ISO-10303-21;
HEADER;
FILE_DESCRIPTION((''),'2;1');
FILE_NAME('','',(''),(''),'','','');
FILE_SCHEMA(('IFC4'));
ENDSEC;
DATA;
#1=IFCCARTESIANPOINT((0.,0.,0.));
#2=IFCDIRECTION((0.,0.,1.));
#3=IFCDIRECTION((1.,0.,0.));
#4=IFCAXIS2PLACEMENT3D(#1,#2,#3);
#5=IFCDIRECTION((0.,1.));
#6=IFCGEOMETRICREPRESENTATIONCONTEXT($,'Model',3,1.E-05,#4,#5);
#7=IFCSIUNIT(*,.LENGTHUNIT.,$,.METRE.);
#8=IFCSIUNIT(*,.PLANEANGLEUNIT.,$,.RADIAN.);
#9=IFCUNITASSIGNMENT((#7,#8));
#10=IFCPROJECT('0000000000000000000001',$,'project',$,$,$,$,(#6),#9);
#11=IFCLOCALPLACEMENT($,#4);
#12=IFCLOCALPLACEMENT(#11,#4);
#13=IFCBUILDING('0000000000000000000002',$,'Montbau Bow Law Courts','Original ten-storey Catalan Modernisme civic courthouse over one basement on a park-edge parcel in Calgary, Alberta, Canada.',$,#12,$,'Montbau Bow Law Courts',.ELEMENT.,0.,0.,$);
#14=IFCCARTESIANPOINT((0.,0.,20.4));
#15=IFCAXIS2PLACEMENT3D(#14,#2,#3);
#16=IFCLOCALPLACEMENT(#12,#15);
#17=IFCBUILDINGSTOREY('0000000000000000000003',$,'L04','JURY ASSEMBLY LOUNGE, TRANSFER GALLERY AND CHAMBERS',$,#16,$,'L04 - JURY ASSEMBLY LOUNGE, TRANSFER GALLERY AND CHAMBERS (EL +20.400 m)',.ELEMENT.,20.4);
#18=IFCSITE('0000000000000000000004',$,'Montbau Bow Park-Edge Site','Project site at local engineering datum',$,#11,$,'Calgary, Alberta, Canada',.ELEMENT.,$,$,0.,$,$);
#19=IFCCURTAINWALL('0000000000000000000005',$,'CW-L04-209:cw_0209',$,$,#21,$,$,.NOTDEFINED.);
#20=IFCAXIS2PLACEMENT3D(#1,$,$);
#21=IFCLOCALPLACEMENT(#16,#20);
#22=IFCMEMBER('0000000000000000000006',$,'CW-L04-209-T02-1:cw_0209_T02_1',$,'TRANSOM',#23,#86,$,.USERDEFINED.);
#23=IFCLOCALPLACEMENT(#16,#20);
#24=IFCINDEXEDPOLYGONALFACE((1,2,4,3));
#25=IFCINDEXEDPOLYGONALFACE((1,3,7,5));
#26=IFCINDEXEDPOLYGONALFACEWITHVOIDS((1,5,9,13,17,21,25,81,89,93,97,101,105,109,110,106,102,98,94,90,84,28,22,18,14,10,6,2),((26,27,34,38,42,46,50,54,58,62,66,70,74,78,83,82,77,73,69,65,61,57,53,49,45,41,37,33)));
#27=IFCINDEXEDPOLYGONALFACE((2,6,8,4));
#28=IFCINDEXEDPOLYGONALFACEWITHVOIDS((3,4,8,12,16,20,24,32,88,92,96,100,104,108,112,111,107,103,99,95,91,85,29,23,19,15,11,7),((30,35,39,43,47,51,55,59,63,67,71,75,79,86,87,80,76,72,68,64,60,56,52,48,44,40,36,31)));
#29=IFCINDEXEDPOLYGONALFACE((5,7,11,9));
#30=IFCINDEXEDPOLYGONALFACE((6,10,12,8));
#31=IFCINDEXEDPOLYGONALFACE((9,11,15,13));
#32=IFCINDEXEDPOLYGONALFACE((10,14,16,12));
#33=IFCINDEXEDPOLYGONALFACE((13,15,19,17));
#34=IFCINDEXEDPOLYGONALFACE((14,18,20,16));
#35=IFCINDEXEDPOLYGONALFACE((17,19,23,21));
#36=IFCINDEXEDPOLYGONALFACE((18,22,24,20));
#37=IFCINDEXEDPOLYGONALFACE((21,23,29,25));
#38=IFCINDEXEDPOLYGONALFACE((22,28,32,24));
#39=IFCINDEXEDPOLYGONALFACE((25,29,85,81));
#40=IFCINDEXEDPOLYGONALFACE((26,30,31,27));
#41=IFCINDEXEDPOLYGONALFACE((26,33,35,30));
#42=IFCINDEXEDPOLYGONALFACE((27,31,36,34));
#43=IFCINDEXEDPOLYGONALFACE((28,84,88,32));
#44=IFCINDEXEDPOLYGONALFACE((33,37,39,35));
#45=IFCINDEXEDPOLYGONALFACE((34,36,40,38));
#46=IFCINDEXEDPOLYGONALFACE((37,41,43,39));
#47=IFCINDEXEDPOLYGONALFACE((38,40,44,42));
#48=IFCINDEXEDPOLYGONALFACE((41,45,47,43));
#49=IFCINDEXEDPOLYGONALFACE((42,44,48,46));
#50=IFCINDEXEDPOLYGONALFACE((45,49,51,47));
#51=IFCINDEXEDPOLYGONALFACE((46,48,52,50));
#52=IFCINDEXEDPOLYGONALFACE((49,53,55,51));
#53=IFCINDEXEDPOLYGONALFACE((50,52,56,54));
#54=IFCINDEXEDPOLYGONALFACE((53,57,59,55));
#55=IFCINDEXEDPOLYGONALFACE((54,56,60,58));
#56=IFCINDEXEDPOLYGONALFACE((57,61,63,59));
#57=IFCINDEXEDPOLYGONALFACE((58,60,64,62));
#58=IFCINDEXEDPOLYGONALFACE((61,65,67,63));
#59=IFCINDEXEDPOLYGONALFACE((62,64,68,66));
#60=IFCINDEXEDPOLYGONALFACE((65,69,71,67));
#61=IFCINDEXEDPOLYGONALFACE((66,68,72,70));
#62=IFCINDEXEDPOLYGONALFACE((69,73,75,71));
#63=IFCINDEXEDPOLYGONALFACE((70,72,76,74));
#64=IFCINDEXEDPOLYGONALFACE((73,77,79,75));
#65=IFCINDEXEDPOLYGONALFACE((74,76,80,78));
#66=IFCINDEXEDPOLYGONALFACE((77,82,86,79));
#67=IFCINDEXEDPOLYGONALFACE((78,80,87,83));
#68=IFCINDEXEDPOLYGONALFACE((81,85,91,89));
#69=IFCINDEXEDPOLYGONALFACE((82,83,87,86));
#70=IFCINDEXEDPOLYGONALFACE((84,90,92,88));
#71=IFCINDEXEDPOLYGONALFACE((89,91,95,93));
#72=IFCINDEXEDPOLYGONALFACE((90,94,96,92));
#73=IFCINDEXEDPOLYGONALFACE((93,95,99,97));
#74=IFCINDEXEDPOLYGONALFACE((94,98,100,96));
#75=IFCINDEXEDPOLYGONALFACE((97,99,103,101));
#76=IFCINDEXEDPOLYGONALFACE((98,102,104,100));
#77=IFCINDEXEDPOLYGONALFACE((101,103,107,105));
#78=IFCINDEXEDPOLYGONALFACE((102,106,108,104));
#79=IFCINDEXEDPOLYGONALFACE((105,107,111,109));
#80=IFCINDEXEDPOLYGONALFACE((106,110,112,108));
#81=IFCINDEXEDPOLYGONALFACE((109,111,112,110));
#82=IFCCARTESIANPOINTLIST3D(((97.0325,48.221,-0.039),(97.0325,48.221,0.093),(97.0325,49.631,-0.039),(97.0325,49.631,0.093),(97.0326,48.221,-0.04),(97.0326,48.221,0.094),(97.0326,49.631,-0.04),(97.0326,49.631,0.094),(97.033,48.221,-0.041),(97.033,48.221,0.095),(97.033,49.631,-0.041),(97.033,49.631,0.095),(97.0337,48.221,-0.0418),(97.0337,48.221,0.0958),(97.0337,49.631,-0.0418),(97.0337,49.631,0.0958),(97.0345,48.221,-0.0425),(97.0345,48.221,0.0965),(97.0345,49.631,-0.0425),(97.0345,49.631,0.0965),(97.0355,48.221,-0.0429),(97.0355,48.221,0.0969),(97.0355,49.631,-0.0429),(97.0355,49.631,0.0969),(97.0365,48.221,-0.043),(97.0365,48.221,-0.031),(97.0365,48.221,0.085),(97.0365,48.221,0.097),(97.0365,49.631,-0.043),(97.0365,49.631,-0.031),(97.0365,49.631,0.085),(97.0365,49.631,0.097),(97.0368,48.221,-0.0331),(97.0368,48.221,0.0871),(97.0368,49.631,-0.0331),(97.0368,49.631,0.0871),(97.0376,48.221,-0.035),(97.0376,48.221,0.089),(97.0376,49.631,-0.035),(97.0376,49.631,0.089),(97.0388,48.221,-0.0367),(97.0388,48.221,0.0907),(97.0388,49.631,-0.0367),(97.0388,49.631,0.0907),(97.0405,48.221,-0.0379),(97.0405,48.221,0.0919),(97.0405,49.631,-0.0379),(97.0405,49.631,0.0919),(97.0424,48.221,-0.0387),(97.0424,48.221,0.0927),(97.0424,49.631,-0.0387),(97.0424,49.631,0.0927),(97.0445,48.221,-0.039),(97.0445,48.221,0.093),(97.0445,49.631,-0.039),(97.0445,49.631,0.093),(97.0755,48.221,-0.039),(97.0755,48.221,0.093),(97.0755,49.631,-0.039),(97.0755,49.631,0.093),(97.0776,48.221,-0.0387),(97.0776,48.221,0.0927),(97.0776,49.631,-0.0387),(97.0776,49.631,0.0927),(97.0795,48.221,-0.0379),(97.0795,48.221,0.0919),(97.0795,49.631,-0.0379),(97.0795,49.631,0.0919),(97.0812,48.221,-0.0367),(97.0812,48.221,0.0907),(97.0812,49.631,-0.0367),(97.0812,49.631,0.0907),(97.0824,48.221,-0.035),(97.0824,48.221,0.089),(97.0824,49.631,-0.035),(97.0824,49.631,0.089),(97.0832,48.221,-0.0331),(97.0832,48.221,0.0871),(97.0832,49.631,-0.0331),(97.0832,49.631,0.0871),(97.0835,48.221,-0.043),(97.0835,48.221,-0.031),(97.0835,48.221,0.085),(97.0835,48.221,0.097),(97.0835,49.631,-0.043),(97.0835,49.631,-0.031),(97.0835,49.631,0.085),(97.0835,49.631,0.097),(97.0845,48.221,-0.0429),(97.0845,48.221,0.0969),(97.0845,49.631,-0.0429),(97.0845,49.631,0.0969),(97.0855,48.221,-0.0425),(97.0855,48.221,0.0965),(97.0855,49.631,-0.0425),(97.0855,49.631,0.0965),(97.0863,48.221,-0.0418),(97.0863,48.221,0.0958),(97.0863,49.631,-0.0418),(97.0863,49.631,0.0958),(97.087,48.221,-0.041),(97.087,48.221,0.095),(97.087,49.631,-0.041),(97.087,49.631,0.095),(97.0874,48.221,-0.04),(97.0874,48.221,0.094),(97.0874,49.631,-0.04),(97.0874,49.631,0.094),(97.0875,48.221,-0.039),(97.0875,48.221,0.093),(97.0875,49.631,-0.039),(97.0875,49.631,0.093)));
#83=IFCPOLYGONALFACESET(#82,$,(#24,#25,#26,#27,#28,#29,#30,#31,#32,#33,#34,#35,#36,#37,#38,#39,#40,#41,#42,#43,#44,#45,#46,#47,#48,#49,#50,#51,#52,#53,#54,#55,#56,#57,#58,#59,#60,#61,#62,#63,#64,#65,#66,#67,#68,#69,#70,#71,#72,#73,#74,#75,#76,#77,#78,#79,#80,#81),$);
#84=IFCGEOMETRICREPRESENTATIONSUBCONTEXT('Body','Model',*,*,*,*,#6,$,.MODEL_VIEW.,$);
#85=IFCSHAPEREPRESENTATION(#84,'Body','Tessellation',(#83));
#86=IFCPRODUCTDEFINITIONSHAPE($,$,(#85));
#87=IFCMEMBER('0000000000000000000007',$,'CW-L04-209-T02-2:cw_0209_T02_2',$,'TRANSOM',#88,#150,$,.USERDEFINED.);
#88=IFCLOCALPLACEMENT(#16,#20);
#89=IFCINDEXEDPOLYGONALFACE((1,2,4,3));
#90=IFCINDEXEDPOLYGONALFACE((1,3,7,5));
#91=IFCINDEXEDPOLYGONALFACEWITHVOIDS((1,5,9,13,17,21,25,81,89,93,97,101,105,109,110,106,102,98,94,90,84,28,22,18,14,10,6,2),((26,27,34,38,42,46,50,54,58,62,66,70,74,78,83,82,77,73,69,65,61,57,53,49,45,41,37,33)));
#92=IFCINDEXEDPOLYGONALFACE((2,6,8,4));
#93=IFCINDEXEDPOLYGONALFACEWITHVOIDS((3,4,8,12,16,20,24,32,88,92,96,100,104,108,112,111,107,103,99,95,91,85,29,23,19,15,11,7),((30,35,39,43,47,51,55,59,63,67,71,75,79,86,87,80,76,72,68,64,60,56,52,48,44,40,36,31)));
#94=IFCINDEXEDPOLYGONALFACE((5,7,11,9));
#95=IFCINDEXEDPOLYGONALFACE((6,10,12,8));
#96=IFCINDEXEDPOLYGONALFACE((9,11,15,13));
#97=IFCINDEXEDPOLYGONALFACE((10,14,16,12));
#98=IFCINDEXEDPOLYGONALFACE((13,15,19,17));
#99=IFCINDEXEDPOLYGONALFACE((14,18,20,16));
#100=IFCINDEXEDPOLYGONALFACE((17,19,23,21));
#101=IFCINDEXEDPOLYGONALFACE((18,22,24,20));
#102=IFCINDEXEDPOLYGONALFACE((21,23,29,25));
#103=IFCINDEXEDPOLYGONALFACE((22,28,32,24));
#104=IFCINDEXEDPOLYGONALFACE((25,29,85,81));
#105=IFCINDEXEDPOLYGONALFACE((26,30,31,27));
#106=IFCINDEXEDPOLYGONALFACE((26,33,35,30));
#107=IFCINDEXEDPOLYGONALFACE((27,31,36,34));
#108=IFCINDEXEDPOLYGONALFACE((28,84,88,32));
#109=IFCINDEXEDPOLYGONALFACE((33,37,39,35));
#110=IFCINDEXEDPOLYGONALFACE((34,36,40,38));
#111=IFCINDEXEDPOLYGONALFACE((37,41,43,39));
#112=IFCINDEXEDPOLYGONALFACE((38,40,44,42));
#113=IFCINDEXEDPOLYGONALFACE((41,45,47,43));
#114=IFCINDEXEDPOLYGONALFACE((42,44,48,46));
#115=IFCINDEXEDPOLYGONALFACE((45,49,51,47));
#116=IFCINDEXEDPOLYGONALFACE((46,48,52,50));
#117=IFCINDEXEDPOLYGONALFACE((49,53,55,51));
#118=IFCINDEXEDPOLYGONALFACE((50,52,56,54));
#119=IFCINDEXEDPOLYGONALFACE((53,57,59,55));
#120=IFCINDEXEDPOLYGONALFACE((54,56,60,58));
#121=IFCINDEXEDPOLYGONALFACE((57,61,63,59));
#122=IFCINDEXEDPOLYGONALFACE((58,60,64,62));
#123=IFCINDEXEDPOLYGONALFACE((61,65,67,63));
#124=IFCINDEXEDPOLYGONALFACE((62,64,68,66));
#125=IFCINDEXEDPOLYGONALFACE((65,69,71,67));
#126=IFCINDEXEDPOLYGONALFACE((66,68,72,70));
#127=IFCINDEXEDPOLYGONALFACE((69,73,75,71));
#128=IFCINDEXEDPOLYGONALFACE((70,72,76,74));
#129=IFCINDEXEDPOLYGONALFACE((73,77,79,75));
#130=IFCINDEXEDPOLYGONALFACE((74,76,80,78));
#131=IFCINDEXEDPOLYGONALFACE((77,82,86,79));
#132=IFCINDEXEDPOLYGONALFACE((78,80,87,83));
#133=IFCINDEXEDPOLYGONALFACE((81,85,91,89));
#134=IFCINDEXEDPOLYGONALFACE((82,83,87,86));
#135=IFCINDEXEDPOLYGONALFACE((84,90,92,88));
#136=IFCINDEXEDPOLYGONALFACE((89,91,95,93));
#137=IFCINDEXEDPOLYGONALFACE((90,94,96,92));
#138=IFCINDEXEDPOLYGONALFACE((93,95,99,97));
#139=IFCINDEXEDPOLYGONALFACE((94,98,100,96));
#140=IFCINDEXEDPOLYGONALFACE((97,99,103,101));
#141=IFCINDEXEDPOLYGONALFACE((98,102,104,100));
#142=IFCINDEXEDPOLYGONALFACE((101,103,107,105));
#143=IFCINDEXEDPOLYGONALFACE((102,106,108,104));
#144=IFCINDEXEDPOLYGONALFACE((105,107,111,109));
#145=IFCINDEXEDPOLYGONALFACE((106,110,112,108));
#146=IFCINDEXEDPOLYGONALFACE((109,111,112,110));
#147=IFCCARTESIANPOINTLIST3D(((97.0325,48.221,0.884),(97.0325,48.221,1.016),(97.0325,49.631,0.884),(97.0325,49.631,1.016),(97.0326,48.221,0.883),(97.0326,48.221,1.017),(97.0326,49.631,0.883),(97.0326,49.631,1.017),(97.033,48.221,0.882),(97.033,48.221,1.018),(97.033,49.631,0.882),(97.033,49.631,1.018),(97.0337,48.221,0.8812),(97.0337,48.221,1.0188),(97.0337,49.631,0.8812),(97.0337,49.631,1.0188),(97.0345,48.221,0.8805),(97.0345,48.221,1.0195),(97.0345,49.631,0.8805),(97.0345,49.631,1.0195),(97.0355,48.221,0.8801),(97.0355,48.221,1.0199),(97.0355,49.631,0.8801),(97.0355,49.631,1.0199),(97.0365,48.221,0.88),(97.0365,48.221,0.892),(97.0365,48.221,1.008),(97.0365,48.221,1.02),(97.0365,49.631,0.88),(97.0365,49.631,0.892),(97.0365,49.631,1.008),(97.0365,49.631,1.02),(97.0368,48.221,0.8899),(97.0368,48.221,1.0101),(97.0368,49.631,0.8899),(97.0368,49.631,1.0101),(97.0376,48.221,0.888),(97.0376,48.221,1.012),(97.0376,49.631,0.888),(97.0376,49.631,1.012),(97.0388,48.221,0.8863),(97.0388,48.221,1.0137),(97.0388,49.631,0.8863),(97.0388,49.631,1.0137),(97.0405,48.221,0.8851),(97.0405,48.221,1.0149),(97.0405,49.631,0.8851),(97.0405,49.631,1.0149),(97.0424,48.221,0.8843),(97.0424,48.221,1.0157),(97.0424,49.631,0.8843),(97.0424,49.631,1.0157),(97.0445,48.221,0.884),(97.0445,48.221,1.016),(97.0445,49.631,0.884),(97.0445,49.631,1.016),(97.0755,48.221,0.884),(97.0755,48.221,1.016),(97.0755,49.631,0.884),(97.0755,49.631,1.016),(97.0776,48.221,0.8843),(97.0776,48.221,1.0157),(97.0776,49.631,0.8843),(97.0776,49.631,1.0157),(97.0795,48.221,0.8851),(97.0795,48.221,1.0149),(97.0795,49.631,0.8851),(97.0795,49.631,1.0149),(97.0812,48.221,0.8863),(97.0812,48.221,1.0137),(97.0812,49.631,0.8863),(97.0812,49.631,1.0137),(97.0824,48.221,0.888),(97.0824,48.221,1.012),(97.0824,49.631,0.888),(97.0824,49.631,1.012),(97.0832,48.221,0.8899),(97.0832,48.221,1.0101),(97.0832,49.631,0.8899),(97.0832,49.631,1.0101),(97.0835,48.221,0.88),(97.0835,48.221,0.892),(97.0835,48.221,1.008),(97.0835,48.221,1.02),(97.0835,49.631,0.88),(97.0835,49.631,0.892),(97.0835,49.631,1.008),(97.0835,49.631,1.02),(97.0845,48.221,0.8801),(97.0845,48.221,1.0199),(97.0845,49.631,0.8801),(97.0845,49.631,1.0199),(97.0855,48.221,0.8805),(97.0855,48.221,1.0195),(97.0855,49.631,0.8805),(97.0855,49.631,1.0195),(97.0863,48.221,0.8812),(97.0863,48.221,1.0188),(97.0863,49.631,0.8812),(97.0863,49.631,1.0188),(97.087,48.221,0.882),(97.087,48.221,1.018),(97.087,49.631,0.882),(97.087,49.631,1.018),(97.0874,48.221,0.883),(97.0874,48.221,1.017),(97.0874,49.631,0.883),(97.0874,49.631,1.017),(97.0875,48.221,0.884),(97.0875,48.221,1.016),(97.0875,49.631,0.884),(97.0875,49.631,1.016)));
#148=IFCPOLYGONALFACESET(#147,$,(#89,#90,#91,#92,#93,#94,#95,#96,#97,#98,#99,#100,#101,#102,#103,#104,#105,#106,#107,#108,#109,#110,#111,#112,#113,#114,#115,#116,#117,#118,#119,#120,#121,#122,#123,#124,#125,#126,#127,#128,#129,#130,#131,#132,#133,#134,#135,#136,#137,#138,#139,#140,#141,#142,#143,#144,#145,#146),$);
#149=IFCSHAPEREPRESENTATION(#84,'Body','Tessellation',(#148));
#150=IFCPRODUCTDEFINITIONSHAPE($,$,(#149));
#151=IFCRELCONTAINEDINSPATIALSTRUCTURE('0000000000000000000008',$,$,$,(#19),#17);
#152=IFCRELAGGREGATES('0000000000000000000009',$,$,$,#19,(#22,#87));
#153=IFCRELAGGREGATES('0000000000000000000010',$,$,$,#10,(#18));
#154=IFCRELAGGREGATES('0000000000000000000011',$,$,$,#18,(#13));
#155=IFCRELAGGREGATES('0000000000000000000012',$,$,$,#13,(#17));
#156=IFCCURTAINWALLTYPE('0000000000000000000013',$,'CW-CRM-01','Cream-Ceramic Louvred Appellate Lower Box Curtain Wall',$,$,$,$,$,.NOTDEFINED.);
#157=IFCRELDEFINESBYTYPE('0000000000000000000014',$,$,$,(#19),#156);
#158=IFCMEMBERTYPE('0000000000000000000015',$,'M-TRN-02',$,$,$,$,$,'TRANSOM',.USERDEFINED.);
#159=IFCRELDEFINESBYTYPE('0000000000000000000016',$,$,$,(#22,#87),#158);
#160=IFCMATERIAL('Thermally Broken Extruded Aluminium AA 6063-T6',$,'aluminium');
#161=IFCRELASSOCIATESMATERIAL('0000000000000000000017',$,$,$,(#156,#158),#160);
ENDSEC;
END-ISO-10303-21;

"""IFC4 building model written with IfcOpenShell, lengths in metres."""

from ifc_helpers import new_model, si_unit, direction, frame, origin_with_axes, origin_2d_with_axis, place, context, subcontext, project, spatial, hollow_rectangle, extrude, material, material_profile, profile_set, type_object, element, aggregate, save


model = new_model("IFC4")

# Units and contexts
model_context = context("Model", 3, precision=1e-05, world=origin_with_axes(), true_north=direction((0.0, 1.0)))
body_context = subcontext(model_context, "Body", "Model", "MODEL_VIEW")
ifc_project = project(units=[si_unit("LENGTHUNIT", "METRE"), si_unit("PLANEANGLEUNIT", "RADIAN")], contexts=[model_context])

# Site, building, storey
site_placement = place(None, origin_with_axes())
site = spatial("IfcSite", under=ifc_project, at=site_placement, Name="Montbau Bow Park-Edge Site", Description="Project site at local engineering datum", LongName="Calgary, Alberta, Canada", CompositionType="ELEMENT", RefElevation=0.0)
building_placement = place(site_placement, origin_with_axes())
building = spatial("IfcBuilding", under=site, at=building_placement, Name="Montbau Bow Law Courts", Description="Original ten-storey Catalan Modernisme civic courthouse over one basement on a park-edge parcel in Calgary, Alberta, Canada.", LongName="Montbau Bow Law Courts", CompositionType="ELEMENT", ElevationOfRefHeight=0.0, ElevationOfTerrain=0.0)
storey_placement = place(building_placement, frame((0.0, 0.0, 20.4), z_axis=(0.0, 0.0, 1.0), x_axis=(1.0, 0.0, 0.0)))
storey = spatial("IfcBuildingStorey", under=building, at=storey_placement, Name="L04", Description="JURY ASSEMBLY LOUNGE, TRANSFER GALLERY AND CHAMBERS", LongName="L04 - JURY ASSEMBLY LOUNGE, TRANSFER GALLERY AND CHAMBERS (EL +20.400 m)", CompositionType="ELEMENT", Elevation=20.4)

# Shared definitions
ifc_material_1 = material(Name="Thermally Broken Extruded Aluminium AA 6063-T6", Category="aluminium")
curtain_wall_type = type_object("IfcCurtainWallType", Name="CW-CRM-01", Description="Cream-Ceramic Louvred Appellate Lower Box Curtain Wall", PredefinedType="NOTDEFINED", material=ifc_material_1)

# Curtain wall
curtain_wall_1_placement = place(None, frame((97.06, 46.715, 20.4), z_axis=(0.0, 0.0, 1.0), x_axis=(1.0, 0.0, 0.0)))
curtain_wall_1 = element("IfcCurtainWall", 1, at=curtain_wall_1_placement, inside=storey, type_object=curtain_wall_type, Name="CW-L04-209:cw_0209", PredefinedType="NOTDEFINED")

# Members
ifc_material_profile_1 = material_profile(ifc_material_1, hollow_rectangle(XDim=0.055, YDim=0.14, WallThickness=0.004, InnerFilletRadius=0.008, OuterFilletRadius=0.004, at=origin_2d_with_axis()), Name="CWT-140X55", Category="Main", Priority=0)
ifc_profile_set_1 = profile_set([ifc_material_profile_1], Name="Thermally Broken Extruded Aluminium AA 6063-T6")
member_type_1 = type_object("IfcMemberType", Name="M-TRN-02", ElementType="TRANSOM", PredefinedType="USERDEFINED", material=ifc_profile_set_1)
member_1_placement = place(None, frame((97.06, 48.221, 20.427), z_axis=(0.0, 1.0, 0.0), x_axis=(-1.0, 0.0, 0.0)))
member_1 = element("IfcMember", 2, at=member_1_placement, type_object=member_type_1, Name="CW-L04-209-T02-1:cw_0209_T02_1", ObjectType="TRANSOM", PredefinedType="USERDEFINED", context=body_context, shape_type="SweptSolid", body=[
    extrude(hollow_rectangle(XDim=0.055, YDim=0.14, WallThickness=0.004, InnerFilletRadius=0.008, OuterFilletRadius=0.004, at=origin_2d_with_axis()), origin_with_axes(), (0.0, 0.0, 1.0), 1.41),
])
member_2_placement = place(None, frame((97.06, 48.221, 21.35), z_axis=(0.0, 1.0, 0.0), x_axis=(-1.0, 0.0, 0.0)))
member_2 = element("IfcMember", 3, at=member_2_placement, type_object=member_type_1, Name="CW-L04-209-T02-2:cw_0209_T02_2", ObjectType="TRANSOM", PredefinedType="USERDEFINED", context=body_context, shape_type="SweptSolid", body=[
    extrude(hollow_rectangle(XDim=0.055, YDim=0.14, WallThickness=0.004, InnerFilletRadius=0.008, OuterFilletRadius=0.004, at=origin_2d_with_axis()), origin_with_axes(), (0.0, 0.0, 1.0), 1.41),
])

aggregate(curtain_wall_1, [member_1, member_2])

save(model, "model.ifc")
